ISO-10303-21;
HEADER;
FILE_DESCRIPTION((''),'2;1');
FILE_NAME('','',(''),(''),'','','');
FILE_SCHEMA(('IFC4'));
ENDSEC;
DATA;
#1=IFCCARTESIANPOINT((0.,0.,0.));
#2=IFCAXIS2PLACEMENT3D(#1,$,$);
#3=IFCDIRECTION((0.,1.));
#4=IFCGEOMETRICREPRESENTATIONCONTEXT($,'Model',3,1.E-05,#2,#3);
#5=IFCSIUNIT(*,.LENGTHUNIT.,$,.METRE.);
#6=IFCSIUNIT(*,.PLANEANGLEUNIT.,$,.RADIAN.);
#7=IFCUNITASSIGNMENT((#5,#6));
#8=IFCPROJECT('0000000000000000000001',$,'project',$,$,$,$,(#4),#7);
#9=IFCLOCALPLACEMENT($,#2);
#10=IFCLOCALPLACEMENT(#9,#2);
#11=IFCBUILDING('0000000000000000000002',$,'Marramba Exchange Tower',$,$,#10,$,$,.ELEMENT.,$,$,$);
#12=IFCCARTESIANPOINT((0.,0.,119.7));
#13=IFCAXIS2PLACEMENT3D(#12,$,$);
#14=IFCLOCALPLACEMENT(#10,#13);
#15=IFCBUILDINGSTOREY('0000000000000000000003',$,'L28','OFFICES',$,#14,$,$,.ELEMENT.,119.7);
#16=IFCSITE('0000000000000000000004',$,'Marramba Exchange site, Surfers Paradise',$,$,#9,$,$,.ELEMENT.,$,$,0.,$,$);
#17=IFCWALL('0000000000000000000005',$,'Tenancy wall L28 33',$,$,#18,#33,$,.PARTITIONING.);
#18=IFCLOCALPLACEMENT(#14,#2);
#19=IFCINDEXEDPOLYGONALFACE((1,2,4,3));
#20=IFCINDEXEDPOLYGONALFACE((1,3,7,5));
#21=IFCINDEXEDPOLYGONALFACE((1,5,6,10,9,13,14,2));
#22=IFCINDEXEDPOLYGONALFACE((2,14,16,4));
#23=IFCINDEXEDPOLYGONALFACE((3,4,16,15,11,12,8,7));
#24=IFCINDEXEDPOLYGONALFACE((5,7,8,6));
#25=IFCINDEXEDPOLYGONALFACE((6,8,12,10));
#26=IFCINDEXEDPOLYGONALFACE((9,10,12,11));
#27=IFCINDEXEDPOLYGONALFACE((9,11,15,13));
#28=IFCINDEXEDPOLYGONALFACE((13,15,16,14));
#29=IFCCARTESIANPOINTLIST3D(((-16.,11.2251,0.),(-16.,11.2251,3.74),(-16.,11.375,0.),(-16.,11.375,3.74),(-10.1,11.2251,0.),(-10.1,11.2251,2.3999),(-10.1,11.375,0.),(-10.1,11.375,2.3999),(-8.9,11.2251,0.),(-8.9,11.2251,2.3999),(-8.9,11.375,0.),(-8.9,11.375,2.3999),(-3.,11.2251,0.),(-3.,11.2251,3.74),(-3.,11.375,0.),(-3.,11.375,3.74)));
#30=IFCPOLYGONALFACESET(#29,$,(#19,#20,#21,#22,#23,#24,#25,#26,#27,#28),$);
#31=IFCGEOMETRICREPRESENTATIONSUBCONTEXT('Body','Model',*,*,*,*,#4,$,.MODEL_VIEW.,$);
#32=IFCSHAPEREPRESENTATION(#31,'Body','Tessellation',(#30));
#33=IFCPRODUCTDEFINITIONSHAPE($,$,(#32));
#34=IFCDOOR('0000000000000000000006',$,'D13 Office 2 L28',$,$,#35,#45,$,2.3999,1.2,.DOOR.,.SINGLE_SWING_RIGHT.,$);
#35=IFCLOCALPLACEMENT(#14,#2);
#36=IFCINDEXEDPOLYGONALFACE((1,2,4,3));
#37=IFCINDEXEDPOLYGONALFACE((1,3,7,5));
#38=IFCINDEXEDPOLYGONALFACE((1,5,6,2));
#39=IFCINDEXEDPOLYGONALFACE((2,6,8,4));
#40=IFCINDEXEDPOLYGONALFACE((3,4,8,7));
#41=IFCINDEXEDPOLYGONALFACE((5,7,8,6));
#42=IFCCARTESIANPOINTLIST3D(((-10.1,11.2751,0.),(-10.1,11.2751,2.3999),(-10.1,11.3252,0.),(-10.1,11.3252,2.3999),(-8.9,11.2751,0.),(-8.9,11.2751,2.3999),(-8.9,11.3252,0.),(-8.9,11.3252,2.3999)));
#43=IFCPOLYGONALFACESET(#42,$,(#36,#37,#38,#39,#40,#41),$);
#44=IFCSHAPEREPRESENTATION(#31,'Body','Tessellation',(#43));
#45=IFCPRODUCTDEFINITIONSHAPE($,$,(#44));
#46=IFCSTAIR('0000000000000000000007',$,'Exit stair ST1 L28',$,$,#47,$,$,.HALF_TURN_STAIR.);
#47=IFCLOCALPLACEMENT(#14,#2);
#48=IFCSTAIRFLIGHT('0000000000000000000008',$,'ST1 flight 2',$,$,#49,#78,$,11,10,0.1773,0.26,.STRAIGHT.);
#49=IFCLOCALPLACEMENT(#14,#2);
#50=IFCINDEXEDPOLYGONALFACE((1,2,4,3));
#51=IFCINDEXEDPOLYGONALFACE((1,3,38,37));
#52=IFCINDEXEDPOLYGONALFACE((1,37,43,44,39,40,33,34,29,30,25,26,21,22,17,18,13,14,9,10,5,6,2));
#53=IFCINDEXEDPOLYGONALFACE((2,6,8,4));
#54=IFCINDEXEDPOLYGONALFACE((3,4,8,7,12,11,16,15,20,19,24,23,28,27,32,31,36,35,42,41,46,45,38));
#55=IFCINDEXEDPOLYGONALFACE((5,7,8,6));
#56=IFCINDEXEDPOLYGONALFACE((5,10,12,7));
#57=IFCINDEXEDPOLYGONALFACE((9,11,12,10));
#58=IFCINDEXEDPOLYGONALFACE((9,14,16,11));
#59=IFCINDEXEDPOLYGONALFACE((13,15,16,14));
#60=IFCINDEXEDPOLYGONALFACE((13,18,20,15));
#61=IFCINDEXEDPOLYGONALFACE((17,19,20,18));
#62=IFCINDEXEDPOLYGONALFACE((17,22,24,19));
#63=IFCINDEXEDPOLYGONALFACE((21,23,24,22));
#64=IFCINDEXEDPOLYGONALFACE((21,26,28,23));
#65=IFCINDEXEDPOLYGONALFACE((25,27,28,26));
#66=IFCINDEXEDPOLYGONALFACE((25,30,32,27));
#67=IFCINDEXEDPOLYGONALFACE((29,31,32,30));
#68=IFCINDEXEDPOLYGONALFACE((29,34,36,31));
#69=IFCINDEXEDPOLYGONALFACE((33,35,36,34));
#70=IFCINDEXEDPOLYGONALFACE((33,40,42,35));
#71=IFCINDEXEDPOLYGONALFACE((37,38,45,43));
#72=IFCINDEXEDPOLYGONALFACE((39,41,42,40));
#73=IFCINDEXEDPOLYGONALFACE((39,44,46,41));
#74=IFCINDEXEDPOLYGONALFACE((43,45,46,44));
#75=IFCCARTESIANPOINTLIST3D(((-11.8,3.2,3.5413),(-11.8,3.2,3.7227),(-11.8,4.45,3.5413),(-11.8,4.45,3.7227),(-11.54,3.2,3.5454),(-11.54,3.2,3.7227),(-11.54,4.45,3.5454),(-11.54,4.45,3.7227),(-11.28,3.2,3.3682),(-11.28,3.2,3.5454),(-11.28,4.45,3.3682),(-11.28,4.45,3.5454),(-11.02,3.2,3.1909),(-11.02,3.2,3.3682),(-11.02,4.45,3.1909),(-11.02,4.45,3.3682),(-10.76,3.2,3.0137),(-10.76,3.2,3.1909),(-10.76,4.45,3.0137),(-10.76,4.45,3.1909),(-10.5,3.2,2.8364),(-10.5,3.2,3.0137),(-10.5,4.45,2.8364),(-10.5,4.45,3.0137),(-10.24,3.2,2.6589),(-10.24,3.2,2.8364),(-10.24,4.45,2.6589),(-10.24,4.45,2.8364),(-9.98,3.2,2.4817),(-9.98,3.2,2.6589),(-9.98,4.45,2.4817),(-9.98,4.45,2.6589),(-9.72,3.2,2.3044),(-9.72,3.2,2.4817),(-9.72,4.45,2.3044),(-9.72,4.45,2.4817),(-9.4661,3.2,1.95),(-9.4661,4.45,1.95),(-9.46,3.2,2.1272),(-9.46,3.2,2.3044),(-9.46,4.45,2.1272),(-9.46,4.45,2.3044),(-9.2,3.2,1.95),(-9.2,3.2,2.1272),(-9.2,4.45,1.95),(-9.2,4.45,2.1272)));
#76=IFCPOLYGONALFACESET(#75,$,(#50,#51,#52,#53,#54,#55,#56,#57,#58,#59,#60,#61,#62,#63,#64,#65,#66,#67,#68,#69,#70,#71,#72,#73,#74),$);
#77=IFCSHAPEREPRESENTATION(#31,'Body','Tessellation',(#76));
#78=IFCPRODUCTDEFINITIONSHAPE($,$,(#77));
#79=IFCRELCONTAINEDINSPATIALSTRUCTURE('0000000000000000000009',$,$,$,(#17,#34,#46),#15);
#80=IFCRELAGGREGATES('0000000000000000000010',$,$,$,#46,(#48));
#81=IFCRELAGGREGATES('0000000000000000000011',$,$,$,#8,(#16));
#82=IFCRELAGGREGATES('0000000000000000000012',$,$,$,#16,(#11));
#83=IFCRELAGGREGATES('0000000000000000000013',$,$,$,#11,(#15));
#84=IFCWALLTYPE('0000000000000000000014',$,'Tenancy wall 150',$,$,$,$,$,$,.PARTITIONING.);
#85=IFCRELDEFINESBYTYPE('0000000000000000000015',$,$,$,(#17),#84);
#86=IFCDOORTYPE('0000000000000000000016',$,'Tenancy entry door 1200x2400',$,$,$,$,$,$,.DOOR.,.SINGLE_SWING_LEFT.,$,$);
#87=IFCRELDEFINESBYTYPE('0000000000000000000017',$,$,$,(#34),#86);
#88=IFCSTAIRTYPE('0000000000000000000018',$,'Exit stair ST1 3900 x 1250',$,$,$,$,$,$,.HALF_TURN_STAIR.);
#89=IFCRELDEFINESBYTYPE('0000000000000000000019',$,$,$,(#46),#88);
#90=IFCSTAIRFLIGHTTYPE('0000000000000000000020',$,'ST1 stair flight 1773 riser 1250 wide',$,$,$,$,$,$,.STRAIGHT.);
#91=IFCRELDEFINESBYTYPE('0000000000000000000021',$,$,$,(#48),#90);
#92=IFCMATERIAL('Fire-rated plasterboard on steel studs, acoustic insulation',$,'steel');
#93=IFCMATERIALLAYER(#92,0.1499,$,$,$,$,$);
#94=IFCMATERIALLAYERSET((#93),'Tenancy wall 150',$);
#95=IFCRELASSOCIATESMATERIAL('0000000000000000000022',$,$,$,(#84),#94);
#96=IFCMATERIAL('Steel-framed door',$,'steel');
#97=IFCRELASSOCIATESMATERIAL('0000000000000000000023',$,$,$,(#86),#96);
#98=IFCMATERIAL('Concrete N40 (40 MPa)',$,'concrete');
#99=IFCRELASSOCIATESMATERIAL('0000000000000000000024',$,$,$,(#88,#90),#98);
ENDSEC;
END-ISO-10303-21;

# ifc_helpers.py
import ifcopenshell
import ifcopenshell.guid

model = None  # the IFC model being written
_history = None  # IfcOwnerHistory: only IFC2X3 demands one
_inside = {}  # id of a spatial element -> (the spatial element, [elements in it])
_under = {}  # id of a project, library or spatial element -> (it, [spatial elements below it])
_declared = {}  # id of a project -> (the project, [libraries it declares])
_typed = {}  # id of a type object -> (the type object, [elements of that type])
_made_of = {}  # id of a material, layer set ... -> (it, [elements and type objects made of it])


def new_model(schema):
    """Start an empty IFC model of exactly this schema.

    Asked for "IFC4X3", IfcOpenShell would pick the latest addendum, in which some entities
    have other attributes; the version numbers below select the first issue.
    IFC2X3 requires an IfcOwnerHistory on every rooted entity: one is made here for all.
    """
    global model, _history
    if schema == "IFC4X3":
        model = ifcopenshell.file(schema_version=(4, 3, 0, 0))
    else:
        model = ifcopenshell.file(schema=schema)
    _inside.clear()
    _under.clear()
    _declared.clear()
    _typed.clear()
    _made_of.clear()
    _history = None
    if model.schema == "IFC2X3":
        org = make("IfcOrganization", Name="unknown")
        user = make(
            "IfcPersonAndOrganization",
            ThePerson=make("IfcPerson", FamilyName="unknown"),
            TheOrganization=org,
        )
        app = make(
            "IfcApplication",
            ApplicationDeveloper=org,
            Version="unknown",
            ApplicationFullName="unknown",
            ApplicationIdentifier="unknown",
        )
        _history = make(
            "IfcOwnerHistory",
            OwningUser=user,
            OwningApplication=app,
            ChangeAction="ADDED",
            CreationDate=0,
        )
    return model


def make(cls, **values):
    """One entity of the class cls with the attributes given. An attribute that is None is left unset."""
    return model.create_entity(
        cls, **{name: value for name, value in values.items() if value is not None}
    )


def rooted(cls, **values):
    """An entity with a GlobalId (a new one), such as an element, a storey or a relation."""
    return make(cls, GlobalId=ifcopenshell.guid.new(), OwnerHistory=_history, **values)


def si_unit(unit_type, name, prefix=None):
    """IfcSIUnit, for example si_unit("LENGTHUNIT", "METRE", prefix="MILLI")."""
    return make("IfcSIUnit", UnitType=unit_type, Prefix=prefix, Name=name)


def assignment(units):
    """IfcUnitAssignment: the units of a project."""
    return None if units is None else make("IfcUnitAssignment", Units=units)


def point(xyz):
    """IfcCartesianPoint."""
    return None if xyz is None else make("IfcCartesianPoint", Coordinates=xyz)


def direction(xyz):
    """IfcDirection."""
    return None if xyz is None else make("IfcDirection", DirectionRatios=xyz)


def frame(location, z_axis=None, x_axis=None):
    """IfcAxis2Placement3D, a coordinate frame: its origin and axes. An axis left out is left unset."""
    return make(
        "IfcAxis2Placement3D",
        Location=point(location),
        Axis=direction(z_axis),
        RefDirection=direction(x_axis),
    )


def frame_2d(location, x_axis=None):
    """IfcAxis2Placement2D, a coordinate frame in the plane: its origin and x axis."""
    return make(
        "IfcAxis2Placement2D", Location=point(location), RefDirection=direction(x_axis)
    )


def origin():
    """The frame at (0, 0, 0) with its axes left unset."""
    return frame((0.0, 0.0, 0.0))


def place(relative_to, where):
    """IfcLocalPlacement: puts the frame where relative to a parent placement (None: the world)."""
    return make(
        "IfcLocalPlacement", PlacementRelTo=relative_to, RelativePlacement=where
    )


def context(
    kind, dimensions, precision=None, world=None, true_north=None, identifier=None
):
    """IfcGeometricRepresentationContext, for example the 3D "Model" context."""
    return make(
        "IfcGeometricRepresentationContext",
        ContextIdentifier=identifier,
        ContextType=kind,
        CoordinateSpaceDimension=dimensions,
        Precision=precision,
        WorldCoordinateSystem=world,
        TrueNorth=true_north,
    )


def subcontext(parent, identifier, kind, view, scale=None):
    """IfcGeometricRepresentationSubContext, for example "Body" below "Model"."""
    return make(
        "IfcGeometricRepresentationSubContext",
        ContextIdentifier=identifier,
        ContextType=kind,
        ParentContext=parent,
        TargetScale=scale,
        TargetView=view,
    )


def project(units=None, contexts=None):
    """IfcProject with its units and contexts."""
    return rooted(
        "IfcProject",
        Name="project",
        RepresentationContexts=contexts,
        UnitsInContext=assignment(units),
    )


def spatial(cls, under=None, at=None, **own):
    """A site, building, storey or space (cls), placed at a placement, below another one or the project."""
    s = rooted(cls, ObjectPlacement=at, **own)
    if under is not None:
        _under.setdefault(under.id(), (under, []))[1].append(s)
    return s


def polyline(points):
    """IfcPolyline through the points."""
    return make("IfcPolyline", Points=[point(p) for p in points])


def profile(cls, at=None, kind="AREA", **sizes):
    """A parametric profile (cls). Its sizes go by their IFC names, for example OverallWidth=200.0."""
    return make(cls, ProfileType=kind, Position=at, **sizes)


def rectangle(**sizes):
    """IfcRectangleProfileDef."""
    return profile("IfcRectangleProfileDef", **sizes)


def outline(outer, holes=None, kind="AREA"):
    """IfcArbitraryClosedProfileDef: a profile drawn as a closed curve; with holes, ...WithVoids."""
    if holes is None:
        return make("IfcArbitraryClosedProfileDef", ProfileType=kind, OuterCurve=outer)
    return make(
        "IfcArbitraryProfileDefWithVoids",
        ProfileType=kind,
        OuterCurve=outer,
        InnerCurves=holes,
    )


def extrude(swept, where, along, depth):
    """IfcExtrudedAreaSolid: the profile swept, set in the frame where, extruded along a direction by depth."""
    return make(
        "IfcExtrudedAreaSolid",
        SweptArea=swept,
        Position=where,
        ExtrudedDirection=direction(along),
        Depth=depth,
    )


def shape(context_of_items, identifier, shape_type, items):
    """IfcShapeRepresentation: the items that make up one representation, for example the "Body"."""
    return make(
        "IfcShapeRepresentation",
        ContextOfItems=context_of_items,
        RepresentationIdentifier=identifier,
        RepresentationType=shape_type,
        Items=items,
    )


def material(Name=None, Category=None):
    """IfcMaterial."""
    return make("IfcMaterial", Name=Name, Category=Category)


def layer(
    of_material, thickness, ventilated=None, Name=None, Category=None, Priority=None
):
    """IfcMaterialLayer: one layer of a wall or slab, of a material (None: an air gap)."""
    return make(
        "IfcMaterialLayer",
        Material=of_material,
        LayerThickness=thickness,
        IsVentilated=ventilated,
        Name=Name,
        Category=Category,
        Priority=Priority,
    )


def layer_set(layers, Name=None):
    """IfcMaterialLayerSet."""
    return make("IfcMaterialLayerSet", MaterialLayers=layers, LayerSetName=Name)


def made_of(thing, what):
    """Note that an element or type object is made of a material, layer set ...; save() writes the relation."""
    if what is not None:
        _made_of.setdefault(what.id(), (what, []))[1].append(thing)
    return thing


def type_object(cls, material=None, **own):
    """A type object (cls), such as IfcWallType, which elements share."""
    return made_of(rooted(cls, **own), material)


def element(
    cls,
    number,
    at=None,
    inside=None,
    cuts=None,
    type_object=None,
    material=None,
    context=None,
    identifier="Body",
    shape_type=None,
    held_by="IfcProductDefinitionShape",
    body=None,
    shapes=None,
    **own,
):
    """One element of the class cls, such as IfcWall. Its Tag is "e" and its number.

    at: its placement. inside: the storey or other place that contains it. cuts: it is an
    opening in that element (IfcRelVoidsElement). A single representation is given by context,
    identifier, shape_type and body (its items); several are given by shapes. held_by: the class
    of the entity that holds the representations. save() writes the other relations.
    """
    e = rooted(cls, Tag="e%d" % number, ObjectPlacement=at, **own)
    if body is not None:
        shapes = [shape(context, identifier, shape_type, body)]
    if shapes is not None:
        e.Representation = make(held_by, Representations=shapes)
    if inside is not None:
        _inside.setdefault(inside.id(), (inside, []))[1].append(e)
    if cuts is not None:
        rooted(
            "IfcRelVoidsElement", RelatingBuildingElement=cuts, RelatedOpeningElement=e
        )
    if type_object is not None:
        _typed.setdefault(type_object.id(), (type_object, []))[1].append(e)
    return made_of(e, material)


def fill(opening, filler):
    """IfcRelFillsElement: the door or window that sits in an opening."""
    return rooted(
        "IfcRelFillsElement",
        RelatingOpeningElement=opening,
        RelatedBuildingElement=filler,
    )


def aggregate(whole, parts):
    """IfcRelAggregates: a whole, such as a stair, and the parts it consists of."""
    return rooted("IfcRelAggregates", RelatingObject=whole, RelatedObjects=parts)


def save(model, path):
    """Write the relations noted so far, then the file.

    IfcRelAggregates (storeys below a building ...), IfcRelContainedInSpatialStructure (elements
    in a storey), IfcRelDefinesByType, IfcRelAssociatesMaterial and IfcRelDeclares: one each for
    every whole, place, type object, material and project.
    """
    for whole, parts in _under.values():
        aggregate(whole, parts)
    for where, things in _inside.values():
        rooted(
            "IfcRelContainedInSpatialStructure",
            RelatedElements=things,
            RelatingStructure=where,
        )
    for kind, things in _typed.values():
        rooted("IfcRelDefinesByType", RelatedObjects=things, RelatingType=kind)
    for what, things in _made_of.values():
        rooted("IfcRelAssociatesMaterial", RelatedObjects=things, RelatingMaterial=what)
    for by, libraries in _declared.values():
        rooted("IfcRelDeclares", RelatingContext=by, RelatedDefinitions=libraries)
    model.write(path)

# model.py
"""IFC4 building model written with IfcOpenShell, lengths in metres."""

from ifc_helpers import new_model, si_unit, direction, frame, frame_2d, origin, place, context, subcontext, project, spatial, polyline, rectangle, outline, extrude, material, layer, layer_set, type_object, element, fill, aggregate, save


model = new_model("IFC4")

# Units and contexts
model_context = context("Model", 3, precision=1e-05, world=origin(), true_north=direction((0.0, 1.0)))
body_context = subcontext(model_context, "Body", "Model", "MODEL_VIEW")
ifc_project = project(units=[si_unit("LENGTHUNIT", "METRE"), si_unit("PLANEANGLEUNIT", "RADIAN")], contexts=[model_context])

# Site, building, storey
site_placement = place(None, origin())
site = spatial("IfcSite", under=ifc_project, at=site_placement, Name="Marramba Exchange site, Surfers Paradise", CompositionType="ELEMENT", RefElevation=0.0)
building_placement = place(site_placement, origin())
building = spatial("IfcBuilding", under=site, at=building_placement, Name="Marramba Exchange Tower", CompositionType="ELEMENT")
storey_placement = place(building_placement, frame((0.0, 0.0, 119.7)))
storey = spatial("IfcBuildingStorey", under=building, at=storey_placement, Name="L28", Description="OFFICES", CompositionType="ELEMENT", Elevation=119.7)

# Wall, opening, door
ifc_material_1 = material(Name="Fire-rated plasterboard on steel studs, acoustic insulation", Category="steel")
ifc_layer_1 = layer(ifc_material_1, 0.1499)
ifc_layer_set_1 = layer_set([ifc_layer_1], Name="Tenancy wall 150")
wall_type_1 = type_object("IfcWallType", Name="Tenancy wall 150", PredefinedType="PARTITIONING", material=ifc_layer_set_1)
wall_1_placement = place(storey_placement, frame((-3.0, 11.3, 0.0), z_axis=(0.0, 0.0, 1.0), x_axis=(-1.0, 0.0, 0.0)))
wall_1 = element("IfcWall", 1, at=wall_1_placement, inside=storey, type_object=wall_type_1, Name="Tenancy wall L28 33", PredefinedType="PARTITIONING", context=body_context, shape_type="SweptSolid", body=[
    extrude(rectangle(XDim=13.0, YDim=0.1499, at=frame_2d((6.5, 0.0))), origin(), (0.0, 0.0, 1.0), 3.74),
])
opening_1_placement = place(wall_1_placement, frame((5.8999, 0.0, 0.0)))
opening_1 = element("IfcOpeningElement", 2, at=opening_1_placement, cuts=wall_1, PredefinedType="OPENING", context=body_context, shape_type="SweptSolid", body=[
    extrude(rectangle(XDim=1.2, YDim=2.3999, at=frame_2d((0.6001, 1.2))), frame((0.0, 0.085, 0.0), z_axis=(0.0, -1.0, 0.0), x_axis=(1.0, 0.0, 0.0)), (0.0, 0.0, 1.0), 0.1699),
])
ifc_material_2 = material(Name="Steel-framed door", Category="steel")
door_type_1 = type_object("IfcDoorType", Name="Tenancy entry door 1200x2400", OperationType="SINGLE_SWING_LEFT", PredefinedType="DOOR", material=ifc_material_2)
door_1_placement = place(opening_1_placement, origin())
door_1 = element("IfcDoor", 3, at=door_1_placement, inside=storey, type_object=door_type_1, Name="D13 Office 2 L28", OperationType="SINGLE_SWING_RIGHT", OverallHeight=2.3999, OverallWidth=1.2, PredefinedType="DOOR", context=body_context, shape_type="SweptSolid", body=[
    extrude(rectangle(XDim=1.2, YDim=2.3999, at=frame_2d((0.6001, 1.2))), frame((0.0, 0.0249, 0.0), z_axis=(0.0, -1.0, 0.0), x_axis=(1.0, 0.0, 0.0)), (0.0, 0.0, 1.0), 0.05),
])
fill(opening_1, door_1)

# Stair, stair flight
ifc_material_3 = material(Name="Concrete N40 (40 MPa)", Category="concrete")
stair_type = type_object("IfcStairType", Name="Exit stair ST1 3900 x 1250", PredefinedType="HALF_TURN_STAIR", material=ifc_material_3)
stair_placement = place(storey_placement, origin())
stair = element("IfcStair", 4, at=stair_placement, inside=storey, type_object=stair_type, Name="Exit stair ST1 L28", PredefinedType="HALF_TURN_STAIR")
stair_flight_type = type_object("IfcStairFlightType", Name="ST1 stair flight 1773 riser 1250 wide", PredefinedType="STRAIGHT", material=ifc_material_3)
stair_flight_placement = place(storey_placement, frame((-9.2, 3.825, 1.95), z_axis=(0.0, 0.0, 1.0), x_axis=(-1.0, 0.0, 0.0)))
stair_flight = element("IfcStairFlight", 5, at=stair_flight_placement, type_object=stair_flight_type, Name="ST1 flight 2", NumberOfRisers=11, NumberOfTreads=10, PredefinedType="STRAIGHT", RiserHeight=0.1773, TreadLength=0.26, context=body_context, shape_type="SweptSolid", body=[
    extrude(outline(polyline([(0.0, 0.0), (0.0, 0.1772), (0.26, 0.1772), (0.26, 0.3545), (0.52, 0.3545), (0.52, 0.5317), (0.78, 0.5317), (0.78, 0.709), (1.04, 0.709), (1.04, 0.8865), (1.3, 0.8865), (1.3, 1.0637), (1.5601, 1.0637), (1.5601, 1.241), (1.8201, 1.241), (1.8201, 1.4182), (2.0801, 1.4182), (2.0801, 1.5955), (2.3401, 1.5955), (2.3401, 1.7727), (2.6001, 1.7727), (2.6001, 1.95), (2.6001, 1.5913), (0.2661, 0.0), (0.0, 0.0)])), frame((0.0, 0.625, 0.0), z_axis=(0.0, -1.0, 0.0), x_axis=(1.0, 0.0, 0.0)), (0.0, 0.0, 1.0), 1.25),
])
aggregate(stair, [stair_flight])

save(model, "model.ifc")
